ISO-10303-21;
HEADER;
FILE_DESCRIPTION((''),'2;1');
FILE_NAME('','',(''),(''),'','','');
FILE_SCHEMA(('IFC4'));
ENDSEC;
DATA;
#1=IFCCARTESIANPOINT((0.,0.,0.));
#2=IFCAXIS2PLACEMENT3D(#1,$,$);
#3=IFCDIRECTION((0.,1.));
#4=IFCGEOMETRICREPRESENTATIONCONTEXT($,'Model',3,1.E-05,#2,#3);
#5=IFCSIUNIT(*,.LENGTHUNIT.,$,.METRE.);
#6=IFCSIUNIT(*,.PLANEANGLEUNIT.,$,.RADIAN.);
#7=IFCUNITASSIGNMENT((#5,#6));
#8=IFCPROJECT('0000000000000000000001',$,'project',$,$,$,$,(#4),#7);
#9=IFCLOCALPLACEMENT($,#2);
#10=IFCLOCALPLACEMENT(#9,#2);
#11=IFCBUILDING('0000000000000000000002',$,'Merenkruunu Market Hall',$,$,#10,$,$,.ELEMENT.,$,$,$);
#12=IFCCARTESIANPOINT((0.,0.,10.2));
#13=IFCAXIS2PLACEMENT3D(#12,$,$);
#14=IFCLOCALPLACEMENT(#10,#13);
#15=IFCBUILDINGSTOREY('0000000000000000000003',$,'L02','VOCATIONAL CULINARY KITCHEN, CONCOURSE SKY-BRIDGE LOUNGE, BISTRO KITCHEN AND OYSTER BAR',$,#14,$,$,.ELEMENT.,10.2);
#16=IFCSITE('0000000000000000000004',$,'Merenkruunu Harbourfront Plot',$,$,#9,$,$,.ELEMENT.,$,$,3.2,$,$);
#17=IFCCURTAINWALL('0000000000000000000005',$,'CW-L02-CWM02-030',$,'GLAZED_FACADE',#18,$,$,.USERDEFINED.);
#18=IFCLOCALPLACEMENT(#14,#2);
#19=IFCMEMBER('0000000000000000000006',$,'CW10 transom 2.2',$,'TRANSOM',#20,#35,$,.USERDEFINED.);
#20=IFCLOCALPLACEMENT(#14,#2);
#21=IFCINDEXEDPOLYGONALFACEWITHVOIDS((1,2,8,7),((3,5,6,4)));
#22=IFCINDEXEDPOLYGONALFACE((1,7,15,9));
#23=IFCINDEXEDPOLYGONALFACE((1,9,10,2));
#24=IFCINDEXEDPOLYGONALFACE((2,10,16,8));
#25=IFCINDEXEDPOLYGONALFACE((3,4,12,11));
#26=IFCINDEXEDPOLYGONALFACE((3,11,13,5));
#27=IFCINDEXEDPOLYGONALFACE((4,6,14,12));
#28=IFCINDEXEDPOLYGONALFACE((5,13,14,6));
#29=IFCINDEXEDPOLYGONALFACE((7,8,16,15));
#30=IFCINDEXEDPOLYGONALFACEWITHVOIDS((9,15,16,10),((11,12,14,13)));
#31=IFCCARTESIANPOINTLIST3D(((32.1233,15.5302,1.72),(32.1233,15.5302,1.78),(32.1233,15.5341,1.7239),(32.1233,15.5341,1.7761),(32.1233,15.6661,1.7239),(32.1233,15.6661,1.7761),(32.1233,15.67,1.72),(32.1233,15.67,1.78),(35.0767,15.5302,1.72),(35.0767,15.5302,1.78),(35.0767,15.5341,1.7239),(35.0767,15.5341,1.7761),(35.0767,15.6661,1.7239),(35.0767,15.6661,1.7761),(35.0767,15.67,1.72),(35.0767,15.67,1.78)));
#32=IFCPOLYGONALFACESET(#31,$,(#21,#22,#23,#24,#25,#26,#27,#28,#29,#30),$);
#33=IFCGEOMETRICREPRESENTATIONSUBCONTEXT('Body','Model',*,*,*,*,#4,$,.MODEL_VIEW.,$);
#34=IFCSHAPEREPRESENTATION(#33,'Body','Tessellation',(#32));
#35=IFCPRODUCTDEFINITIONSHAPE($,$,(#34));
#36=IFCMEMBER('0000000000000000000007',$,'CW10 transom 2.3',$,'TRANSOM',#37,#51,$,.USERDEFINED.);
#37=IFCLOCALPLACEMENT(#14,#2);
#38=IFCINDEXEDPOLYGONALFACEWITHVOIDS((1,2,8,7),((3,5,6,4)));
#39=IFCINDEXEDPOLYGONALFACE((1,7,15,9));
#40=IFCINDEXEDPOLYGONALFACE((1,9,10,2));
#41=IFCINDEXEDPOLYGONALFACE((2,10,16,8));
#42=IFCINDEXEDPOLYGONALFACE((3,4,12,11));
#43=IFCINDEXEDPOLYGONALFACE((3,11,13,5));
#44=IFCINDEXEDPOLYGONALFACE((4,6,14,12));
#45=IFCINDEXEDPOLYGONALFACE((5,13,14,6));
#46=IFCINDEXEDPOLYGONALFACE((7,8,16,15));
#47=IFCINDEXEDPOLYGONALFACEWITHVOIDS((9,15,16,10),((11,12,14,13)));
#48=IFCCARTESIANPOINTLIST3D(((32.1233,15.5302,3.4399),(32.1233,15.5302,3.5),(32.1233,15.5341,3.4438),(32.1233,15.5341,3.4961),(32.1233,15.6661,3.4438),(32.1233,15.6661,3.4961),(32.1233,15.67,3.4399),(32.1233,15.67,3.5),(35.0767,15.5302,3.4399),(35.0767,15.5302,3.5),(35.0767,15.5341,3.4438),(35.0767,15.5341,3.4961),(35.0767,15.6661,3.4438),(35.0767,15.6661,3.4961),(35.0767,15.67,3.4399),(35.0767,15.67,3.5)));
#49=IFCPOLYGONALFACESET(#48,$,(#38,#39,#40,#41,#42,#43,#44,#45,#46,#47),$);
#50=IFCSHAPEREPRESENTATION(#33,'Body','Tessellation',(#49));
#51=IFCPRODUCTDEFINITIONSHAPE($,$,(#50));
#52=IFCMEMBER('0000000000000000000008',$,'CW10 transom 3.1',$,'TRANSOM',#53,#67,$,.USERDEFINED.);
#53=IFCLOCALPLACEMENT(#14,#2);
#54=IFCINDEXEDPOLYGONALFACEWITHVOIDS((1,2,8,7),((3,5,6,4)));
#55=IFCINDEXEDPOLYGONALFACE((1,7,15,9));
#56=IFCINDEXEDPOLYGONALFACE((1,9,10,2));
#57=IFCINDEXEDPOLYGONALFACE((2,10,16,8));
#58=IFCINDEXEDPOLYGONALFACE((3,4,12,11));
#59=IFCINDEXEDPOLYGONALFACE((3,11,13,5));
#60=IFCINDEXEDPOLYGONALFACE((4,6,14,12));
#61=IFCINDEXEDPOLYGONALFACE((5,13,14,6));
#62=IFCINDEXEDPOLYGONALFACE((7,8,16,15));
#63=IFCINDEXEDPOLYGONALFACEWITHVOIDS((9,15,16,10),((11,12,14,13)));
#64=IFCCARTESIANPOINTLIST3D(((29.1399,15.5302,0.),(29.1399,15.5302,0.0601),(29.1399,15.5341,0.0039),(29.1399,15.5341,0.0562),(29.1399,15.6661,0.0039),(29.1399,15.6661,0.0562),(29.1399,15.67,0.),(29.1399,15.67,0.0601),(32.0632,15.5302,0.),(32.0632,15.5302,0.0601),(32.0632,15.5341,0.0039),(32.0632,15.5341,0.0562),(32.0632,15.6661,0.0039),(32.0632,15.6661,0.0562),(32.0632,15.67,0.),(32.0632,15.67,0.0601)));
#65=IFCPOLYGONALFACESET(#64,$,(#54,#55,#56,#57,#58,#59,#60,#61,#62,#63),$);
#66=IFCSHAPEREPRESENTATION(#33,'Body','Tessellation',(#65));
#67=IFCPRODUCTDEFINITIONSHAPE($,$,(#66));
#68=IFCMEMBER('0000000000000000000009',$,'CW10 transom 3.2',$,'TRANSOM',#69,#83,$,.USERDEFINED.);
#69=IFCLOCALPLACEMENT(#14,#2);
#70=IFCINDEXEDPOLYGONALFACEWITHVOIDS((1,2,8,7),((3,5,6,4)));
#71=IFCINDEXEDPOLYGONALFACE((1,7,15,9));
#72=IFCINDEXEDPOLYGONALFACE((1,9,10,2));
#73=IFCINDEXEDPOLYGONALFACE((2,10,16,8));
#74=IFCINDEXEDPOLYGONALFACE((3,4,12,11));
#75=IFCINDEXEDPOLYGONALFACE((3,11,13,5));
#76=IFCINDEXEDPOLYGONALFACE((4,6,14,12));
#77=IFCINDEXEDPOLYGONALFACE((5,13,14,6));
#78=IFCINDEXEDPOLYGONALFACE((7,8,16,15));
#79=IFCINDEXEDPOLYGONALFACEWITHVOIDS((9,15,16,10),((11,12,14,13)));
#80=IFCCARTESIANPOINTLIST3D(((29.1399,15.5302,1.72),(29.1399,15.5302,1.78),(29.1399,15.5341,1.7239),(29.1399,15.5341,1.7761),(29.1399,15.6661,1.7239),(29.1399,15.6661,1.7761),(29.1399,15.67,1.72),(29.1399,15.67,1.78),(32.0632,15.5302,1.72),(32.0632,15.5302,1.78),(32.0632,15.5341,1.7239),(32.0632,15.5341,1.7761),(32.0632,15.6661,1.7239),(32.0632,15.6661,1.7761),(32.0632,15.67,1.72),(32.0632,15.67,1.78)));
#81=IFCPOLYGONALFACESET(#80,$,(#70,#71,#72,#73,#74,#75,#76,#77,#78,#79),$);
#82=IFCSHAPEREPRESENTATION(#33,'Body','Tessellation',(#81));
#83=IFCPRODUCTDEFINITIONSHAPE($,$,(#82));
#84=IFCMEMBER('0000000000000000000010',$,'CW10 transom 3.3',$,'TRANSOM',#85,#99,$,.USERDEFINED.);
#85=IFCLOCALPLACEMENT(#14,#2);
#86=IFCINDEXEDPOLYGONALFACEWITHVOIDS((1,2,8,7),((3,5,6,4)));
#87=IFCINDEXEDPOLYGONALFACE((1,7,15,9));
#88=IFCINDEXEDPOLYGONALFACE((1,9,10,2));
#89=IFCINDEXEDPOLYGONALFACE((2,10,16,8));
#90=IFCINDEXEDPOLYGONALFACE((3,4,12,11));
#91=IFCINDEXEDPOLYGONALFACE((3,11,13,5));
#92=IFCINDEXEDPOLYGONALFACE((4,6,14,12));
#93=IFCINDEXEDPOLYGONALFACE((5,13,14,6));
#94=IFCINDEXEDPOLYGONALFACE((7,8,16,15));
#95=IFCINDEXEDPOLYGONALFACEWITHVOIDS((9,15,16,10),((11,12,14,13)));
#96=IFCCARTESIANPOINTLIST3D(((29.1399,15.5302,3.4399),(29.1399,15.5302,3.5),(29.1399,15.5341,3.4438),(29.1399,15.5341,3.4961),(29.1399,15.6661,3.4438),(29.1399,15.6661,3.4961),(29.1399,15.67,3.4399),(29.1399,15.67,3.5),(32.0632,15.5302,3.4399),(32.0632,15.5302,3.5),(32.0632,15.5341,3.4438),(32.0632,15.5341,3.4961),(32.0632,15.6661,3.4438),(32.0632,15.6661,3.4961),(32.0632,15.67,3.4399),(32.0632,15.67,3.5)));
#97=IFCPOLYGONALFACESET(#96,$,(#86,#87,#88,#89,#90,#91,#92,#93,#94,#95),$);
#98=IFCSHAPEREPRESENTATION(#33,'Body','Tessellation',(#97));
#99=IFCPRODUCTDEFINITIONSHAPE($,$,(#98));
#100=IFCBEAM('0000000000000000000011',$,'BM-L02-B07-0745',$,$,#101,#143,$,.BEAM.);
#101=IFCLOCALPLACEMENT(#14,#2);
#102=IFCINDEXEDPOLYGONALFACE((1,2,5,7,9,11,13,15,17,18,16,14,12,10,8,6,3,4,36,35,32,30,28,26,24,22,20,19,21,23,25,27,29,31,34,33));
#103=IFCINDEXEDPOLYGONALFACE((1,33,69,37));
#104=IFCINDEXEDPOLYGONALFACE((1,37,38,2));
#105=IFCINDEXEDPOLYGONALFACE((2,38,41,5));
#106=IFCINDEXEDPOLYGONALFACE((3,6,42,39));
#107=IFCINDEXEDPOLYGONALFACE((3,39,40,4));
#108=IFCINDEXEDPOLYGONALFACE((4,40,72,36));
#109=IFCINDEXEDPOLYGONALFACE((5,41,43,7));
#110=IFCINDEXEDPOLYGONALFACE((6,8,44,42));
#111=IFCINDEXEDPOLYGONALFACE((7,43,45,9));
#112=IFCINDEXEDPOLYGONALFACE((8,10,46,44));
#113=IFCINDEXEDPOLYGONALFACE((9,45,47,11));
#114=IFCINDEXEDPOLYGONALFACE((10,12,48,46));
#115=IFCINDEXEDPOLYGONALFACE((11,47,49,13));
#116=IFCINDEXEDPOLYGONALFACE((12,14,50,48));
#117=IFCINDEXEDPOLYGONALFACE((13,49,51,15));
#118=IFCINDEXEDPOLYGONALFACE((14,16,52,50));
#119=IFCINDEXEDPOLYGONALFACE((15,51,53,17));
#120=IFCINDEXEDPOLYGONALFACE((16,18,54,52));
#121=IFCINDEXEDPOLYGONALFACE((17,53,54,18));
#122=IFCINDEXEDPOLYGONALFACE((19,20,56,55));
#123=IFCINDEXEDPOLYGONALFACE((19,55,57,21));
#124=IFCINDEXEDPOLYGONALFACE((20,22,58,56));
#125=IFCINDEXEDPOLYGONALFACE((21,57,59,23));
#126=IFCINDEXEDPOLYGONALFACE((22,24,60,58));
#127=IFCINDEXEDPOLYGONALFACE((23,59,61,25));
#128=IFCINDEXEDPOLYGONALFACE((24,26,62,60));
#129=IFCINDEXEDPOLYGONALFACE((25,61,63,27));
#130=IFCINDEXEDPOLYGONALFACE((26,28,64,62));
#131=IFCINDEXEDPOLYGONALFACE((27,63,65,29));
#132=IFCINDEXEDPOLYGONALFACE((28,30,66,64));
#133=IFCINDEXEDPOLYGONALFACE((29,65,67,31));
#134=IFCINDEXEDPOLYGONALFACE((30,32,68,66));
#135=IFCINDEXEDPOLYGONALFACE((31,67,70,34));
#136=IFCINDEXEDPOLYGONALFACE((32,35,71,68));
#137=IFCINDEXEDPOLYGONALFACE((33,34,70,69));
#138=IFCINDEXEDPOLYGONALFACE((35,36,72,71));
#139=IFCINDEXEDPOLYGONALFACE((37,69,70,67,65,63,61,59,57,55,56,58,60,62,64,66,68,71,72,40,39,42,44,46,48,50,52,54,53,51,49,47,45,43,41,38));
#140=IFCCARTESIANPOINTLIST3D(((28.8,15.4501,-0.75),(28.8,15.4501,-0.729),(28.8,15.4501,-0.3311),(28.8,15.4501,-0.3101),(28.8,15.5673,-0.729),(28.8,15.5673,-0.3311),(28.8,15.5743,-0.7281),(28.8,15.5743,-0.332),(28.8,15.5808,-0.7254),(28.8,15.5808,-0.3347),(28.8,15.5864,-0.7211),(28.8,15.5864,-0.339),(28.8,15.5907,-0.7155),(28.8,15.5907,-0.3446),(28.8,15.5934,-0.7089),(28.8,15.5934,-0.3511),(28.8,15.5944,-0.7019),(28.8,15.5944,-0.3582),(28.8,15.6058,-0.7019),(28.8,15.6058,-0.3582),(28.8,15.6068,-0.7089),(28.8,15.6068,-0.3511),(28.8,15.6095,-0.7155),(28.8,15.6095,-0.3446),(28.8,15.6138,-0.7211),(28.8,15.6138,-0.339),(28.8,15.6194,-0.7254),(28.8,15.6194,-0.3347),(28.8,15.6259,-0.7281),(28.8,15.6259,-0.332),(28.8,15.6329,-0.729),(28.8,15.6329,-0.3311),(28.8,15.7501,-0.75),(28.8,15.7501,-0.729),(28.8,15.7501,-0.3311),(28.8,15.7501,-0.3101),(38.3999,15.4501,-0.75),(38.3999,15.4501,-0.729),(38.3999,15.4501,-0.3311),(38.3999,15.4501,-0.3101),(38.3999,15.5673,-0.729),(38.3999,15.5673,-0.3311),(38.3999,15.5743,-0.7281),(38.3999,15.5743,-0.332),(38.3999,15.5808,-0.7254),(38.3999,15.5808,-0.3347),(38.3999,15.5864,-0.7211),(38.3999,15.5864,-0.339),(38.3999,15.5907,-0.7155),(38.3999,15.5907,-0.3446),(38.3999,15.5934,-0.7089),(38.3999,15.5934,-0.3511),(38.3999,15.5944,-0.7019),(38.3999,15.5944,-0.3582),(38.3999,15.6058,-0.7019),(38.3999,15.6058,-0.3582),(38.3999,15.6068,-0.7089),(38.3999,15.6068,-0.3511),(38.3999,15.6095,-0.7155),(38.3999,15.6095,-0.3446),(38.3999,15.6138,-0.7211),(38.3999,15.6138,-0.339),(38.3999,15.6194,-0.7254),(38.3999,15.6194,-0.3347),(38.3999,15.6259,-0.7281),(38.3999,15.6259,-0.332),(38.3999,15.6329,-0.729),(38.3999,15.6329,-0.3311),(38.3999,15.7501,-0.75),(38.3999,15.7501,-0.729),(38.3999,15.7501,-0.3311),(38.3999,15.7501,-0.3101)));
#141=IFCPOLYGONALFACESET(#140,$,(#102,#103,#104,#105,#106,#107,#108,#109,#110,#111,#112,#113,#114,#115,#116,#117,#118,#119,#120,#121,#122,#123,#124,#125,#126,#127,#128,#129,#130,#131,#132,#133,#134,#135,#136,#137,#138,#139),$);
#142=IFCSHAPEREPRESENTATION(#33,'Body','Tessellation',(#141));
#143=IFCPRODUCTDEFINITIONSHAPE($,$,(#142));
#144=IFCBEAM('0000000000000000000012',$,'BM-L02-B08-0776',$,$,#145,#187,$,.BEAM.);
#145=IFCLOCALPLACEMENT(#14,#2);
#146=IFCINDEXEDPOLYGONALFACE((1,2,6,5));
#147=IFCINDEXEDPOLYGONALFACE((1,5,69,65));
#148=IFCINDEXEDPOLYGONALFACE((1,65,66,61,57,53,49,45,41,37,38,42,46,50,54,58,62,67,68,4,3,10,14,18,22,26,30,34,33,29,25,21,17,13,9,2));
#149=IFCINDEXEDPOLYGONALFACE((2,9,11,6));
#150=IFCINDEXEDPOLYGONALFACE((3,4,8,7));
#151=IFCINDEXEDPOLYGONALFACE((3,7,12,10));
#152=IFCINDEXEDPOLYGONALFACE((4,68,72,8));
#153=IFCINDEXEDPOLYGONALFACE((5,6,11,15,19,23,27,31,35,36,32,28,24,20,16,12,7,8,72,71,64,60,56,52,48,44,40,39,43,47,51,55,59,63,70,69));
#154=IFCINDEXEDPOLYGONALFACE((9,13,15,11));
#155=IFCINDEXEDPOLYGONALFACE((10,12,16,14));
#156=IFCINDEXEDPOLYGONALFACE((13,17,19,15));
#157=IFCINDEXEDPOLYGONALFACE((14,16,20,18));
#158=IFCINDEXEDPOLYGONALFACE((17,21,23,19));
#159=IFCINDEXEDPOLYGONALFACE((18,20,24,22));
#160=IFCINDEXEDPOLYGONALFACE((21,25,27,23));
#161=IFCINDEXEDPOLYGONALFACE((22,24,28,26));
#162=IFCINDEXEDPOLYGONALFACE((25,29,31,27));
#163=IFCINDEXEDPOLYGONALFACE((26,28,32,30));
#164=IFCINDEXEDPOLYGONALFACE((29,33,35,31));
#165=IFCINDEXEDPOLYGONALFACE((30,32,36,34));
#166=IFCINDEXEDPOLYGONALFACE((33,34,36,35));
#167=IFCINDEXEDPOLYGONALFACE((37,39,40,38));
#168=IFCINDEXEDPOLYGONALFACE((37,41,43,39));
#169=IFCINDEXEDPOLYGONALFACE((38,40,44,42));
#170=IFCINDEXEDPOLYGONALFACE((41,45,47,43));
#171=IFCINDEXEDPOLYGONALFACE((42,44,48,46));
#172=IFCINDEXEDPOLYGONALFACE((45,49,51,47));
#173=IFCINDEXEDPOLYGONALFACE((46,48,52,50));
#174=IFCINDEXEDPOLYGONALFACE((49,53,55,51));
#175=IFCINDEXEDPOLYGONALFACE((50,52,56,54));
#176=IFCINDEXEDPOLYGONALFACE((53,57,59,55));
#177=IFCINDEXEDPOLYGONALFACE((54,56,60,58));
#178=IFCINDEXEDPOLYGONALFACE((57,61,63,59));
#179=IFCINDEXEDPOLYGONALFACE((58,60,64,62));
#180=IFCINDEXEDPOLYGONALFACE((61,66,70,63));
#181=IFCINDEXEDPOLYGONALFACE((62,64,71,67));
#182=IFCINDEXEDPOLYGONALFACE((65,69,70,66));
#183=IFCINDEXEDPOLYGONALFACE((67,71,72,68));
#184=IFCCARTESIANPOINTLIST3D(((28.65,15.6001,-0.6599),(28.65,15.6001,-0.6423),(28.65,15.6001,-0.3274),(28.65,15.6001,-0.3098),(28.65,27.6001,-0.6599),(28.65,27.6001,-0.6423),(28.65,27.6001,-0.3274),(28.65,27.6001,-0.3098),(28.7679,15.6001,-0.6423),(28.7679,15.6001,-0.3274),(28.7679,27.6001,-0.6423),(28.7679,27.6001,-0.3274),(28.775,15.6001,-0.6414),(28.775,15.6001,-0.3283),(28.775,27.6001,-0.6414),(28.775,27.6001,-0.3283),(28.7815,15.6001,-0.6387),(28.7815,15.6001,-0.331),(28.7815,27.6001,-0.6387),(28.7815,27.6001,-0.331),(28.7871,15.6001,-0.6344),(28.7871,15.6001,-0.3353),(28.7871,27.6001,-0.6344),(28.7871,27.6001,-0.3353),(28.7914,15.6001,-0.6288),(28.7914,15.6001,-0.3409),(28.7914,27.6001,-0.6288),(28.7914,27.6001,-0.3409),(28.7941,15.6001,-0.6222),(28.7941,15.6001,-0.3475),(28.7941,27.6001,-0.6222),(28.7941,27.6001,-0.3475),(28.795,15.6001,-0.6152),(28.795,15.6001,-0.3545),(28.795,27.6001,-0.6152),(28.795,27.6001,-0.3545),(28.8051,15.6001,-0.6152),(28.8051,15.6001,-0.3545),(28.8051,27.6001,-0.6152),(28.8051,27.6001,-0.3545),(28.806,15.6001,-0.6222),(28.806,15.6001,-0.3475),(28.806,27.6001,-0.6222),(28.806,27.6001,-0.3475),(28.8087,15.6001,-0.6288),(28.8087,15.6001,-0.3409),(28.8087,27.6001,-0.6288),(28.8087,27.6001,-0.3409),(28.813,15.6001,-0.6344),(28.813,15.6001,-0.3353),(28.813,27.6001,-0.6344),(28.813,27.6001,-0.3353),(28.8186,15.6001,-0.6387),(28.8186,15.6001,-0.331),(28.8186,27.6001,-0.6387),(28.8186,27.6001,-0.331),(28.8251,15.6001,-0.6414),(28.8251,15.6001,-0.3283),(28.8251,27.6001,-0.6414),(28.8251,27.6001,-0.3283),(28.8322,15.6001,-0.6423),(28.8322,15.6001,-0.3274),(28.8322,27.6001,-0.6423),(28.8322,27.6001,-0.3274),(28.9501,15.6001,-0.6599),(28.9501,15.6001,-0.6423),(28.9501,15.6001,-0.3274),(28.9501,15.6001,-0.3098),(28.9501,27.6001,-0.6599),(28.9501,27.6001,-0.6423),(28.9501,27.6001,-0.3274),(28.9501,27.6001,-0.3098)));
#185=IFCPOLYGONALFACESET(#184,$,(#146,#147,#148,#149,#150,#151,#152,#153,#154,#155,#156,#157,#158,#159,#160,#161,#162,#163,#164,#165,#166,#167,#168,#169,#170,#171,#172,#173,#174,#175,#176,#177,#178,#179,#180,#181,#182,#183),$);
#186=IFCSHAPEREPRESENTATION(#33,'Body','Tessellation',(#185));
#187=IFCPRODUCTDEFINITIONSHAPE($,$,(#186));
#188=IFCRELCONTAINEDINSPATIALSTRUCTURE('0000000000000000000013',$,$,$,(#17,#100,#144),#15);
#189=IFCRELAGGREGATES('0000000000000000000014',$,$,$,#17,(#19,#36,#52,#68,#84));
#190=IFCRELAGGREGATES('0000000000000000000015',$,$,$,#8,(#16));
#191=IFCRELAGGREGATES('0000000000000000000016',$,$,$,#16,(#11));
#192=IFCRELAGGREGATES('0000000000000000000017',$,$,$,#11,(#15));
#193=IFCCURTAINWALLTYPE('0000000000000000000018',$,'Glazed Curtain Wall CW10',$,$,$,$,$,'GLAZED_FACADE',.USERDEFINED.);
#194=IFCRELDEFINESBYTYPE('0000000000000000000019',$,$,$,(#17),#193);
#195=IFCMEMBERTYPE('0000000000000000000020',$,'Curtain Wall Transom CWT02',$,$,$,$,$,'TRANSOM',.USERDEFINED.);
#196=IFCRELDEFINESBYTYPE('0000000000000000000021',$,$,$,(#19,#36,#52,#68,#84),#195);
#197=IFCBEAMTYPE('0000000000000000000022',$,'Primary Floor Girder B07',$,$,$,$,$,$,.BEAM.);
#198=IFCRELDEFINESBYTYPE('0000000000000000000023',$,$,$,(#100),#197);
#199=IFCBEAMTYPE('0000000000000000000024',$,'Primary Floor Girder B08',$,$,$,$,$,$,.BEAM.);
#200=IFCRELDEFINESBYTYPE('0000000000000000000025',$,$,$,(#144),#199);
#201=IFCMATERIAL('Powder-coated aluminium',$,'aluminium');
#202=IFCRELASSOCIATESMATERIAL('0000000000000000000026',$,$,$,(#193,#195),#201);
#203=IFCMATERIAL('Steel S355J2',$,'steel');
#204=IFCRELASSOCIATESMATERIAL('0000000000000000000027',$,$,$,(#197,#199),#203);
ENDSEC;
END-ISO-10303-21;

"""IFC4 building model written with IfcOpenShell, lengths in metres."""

from ifc_helpers import new_model, si_unit, direction, frame, origin, origin_2d, place, context, subcontext, project, spatial, hollow_rectangle, i_section, extrude, material, material_profile, profile_set, type_object, element, aggregate, save


model = new_model("IFC4")

# Units and contexts
model_context = context("Model", 3, precision=1e-05, world=origin(), true_north=direction((0.0, 1.0)))
body_context = subcontext(model_context, "Body", "Model", "MODEL_VIEW")
ifc_project = project(units=[si_unit("LENGTHUNIT", "METRE"), si_unit("PLANEANGLEUNIT", "RADIAN")], contexts=[model_context])

# Site, building, storey
site_placement = place(None, origin())
site = spatial("IfcSite", under=ifc_project, at=site_placement, Name="Merenkruunu Harbourfront Plot", CompositionType="ELEMENT", RefElevation=3.2)
building_placement = place(site_placement, origin())
building = spatial("IfcBuilding", under=site, at=building_placement, Name="Merenkruunu Market Hall", CompositionType="ELEMENT")
storey_placement = place(building_placement, frame((0.0, 0.0, 10.2)))
storey = spatial("IfcBuildingStorey", under=building, at=storey_placement, Name="L02", Description="VOCATIONAL CULINARY KITCHEN, CONCOURSE SKY-BRIDGE LOUNGE, BISTRO KITCHEN AND OYSTER BAR", CompositionType="ELEMENT", Elevation=10.2)

# Shared definitions
ifc_material_1 = material(Name="Steel S355J2", Category="steel")

# Shared definitions
ifc_material_2 = material(Name="Powder-coated aluminium", Category="aluminium")
curtain_wall_type = type_object("IfcCurtainWallType", Name="Glazed Curtain Wall CW10", ElementType="GLAZED_FACADE", PredefinedType="USERDEFINED", material=ifc_material_2)

# Curtain wall
curtain_wall_1_placement = place(storey_placement, origin())
curtain_wall_1 = element("IfcCurtainWall", 1, at=curtain_wall_1_placement, inside=storey, type_object=curtain_wall_type, Name="CW-L02-CWM02-030", ObjectType="GLAZED_FACADE", PredefinedType="USERDEFINED")

# Members
ifc_material_profile_1 = material_profile(ifc_material_2, hollow_rectangle(XDim=0.0601, YDim=0.1399, WallThickness=0.0039, at=origin_2d()), Name="ALU 60x140x4")
ifc_profile_set_1 = profile_set([ifc_material_profile_1], Name="Powder-coated aluminium")
member_type_1 = type_object("IfcMemberType", Name="Curtain Wall Transom CWT02", ElementType="TRANSOM", PredefinedType="USERDEFINED", material=ifc_profile_set_1)
member_1_placement = place(storey_placement, frame((35.0767, 15.6001, 1.75), z_axis=(-1.0, 0.0, 0.0), x_axis=(0.0, 0.0, 1.0)))
member_1 = element("IfcMember", 2, at=member_1_placement, type_object=member_type_1, Name="CW10 transom 2.2", ObjectType="TRANSOM", PredefinedType="USERDEFINED", context=body_context, shape_type="SweptSolid", body=[
    extrude(hollow_rectangle(XDim=0.0601, YDim=0.1399, WallThickness=0.0039, at=origin_2d()), origin(), (0.0, 0.0, 1.0), 2.9534),
])
member_2_placement = place(storey_placement, frame((35.0767, 15.6001, 3.47), z_axis=(-1.0, 0.0, 0.0), x_axis=(0.0, 0.0, 1.0)))
member_2 = element("IfcMember", 3, at=member_2_placement, type_object=member_type_1, Name="CW10 transom 2.3", ObjectType="TRANSOM", PredefinedType="USERDEFINED", context=body_context, shape_type="SweptSolid", body=[
    extrude(hollow_rectangle(XDim=0.0601, YDim=0.1399, WallThickness=0.0039, at=origin_2d()), origin(), (0.0, 0.0, 1.0), 2.9534),
])
member_3_placement = place(storey_placement, frame((32.0632, 15.6001, 0.03), z_axis=(-1.0, 0.0, 0.0), x_axis=(0.0, 0.0, 1.0)))
member_3 = element("IfcMember", 4, at=member_3_placement, type_object=member_type_1, Name="CW10 transom 3.1", ObjectType="TRANSOM", PredefinedType="USERDEFINED", context=body_context, shape_type="SweptSolid", body=[
    extrude(hollow_rectangle(XDim=0.0601, YDim=0.1399, WallThickness=0.0039, at=origin_2d()), origin(), (0.0, 0.0, 1.0), 2.9233),
])
member_4_placement = place(storey_placement, frame((32.0632, 15.6001, 1.75), z_axis=(-1.0, 0.0, 0.0), x_axis=(0.0, 0.0, 1.0)))
member_4 = element("IfcMember", 5, at=member_4_placement, type_object=member_type_1, Name="CW10 transom 3.2", ObjectType="TRANSOM", PredefinedType="USERDEFINED", context=body_context, shape_type="SweptSolid", body=[
    extrude(hollow_rectangle(XDim=0.0601, YDim=0.1399, WallThickness=0.0039, at=origin_2d()), origin(), (0.0, 0.0, 1.0), 2.9233),
])
member_5_placement = place(storey_placement, frame((32.0632, 15.6001, 3.47), z_axis=(-1.0, 0.0, 0.0), x_axis=(0.0, 0.0, 1.0)))
member_5 = element("IfcMember", 6, at=member_5_placement, type_object=member_type_1, Name="CW10 transom 3.3", ObjectType="TRANSOM", PredefinedType="USERDEFINED", context=body_context, shape_type="SweptSolid", body=[
    extrude(hollow_rectangle(XDim=0.0601, YDim=0.1399, WallThickness=0.0039, at=origin_2d()), origin(), (0.0, 0.0, 1.0), 2.9233),
])

# Beams
ifc_material_profile_2 = material_profile(ifc_material_1, i_section(OverallWidth=0.3, OverallDepth=0.4399, WebThickness=0.0115, FlangeThickness=0.021, FilletRadius=0.0271, at=origin_2d()), Name="HEA 450")
ifc_profile_set_2 = profile_set([ifc_material_profile_2], Name="Steel S355J2")
beam_type_1 = type_object("IfcBeamType", Name="Primary Floor Girder B07", PredefinedType="BEAM", material=ifc_profile_set_2)
beam_1_placement = place(storey_placement, frame((28.8, 15.6001, -0.53), z_axis=(1.0, 0.0, 0.0), x_axis=(0.0, 1.0, 0.0)))
element("IfcBeam", 7, at=beam_1_placement, inside=storey, type_object=beam_type_1, Name="BM-L02-B07-0745", PredefinedType="BEAM", context=body_context, shape_type="SweptSolid", body=[
    extrude(i_section(OverallWidth=0.3, OverallDepth=0.4399, WebThickness=0.0115, FlangeThickness=0.021, FilletRadius=0.0271, at=origin_2d()), origin(), (0.0, 0.0, 1.0), 9.5999),
])
ifc_material_profile_3 = material_profile(ifc_material_1, i_section(OverallWidth=0.3, OverallDepth=0.3501, WebThickness=0.01, FlangeThickness=0.0176, FilletRadius=0.0271, at=origin_2d()), Name="HEA 360")
ifc_profile_set_3 = profile_set([ifc_material_profile_3], Name="Steel S355J2")
beam_type_2 = type_object("IfcBeamType", Name="Primary Floor Girder B08", PredefinedType="BEAM", material=ifc_profile_set_3)
beam_2_placement = place(storey_placement, frame((28.8, 15.6001, -0.4849), z_axis=(0.0, 1.0, 0.0), x_axis=(-1.0, 0.0, 0.0)))
element("IfcBeam", 8, at=beam_2_placement, inside=storey, type_object=beam_type_2, Name="BM-L02-B08-0776", PredefinedType="BEAM", context=body_context, shape_type="SweptSolid", body=[
    extrude(i_section(OverallWidth=0.3, OverallDepth=0.3501, WebThickness=0.01, FlangeThickness=0.0176, FilletRadius=0.0271, at=origin_2d()), origin(), (0.0, 0.0, 1.0), 12.0),
])

aggregate(curtain_wall_1, [member_1, member_2, member_3, member_4, member_5])

save(model, "model.ifc")
